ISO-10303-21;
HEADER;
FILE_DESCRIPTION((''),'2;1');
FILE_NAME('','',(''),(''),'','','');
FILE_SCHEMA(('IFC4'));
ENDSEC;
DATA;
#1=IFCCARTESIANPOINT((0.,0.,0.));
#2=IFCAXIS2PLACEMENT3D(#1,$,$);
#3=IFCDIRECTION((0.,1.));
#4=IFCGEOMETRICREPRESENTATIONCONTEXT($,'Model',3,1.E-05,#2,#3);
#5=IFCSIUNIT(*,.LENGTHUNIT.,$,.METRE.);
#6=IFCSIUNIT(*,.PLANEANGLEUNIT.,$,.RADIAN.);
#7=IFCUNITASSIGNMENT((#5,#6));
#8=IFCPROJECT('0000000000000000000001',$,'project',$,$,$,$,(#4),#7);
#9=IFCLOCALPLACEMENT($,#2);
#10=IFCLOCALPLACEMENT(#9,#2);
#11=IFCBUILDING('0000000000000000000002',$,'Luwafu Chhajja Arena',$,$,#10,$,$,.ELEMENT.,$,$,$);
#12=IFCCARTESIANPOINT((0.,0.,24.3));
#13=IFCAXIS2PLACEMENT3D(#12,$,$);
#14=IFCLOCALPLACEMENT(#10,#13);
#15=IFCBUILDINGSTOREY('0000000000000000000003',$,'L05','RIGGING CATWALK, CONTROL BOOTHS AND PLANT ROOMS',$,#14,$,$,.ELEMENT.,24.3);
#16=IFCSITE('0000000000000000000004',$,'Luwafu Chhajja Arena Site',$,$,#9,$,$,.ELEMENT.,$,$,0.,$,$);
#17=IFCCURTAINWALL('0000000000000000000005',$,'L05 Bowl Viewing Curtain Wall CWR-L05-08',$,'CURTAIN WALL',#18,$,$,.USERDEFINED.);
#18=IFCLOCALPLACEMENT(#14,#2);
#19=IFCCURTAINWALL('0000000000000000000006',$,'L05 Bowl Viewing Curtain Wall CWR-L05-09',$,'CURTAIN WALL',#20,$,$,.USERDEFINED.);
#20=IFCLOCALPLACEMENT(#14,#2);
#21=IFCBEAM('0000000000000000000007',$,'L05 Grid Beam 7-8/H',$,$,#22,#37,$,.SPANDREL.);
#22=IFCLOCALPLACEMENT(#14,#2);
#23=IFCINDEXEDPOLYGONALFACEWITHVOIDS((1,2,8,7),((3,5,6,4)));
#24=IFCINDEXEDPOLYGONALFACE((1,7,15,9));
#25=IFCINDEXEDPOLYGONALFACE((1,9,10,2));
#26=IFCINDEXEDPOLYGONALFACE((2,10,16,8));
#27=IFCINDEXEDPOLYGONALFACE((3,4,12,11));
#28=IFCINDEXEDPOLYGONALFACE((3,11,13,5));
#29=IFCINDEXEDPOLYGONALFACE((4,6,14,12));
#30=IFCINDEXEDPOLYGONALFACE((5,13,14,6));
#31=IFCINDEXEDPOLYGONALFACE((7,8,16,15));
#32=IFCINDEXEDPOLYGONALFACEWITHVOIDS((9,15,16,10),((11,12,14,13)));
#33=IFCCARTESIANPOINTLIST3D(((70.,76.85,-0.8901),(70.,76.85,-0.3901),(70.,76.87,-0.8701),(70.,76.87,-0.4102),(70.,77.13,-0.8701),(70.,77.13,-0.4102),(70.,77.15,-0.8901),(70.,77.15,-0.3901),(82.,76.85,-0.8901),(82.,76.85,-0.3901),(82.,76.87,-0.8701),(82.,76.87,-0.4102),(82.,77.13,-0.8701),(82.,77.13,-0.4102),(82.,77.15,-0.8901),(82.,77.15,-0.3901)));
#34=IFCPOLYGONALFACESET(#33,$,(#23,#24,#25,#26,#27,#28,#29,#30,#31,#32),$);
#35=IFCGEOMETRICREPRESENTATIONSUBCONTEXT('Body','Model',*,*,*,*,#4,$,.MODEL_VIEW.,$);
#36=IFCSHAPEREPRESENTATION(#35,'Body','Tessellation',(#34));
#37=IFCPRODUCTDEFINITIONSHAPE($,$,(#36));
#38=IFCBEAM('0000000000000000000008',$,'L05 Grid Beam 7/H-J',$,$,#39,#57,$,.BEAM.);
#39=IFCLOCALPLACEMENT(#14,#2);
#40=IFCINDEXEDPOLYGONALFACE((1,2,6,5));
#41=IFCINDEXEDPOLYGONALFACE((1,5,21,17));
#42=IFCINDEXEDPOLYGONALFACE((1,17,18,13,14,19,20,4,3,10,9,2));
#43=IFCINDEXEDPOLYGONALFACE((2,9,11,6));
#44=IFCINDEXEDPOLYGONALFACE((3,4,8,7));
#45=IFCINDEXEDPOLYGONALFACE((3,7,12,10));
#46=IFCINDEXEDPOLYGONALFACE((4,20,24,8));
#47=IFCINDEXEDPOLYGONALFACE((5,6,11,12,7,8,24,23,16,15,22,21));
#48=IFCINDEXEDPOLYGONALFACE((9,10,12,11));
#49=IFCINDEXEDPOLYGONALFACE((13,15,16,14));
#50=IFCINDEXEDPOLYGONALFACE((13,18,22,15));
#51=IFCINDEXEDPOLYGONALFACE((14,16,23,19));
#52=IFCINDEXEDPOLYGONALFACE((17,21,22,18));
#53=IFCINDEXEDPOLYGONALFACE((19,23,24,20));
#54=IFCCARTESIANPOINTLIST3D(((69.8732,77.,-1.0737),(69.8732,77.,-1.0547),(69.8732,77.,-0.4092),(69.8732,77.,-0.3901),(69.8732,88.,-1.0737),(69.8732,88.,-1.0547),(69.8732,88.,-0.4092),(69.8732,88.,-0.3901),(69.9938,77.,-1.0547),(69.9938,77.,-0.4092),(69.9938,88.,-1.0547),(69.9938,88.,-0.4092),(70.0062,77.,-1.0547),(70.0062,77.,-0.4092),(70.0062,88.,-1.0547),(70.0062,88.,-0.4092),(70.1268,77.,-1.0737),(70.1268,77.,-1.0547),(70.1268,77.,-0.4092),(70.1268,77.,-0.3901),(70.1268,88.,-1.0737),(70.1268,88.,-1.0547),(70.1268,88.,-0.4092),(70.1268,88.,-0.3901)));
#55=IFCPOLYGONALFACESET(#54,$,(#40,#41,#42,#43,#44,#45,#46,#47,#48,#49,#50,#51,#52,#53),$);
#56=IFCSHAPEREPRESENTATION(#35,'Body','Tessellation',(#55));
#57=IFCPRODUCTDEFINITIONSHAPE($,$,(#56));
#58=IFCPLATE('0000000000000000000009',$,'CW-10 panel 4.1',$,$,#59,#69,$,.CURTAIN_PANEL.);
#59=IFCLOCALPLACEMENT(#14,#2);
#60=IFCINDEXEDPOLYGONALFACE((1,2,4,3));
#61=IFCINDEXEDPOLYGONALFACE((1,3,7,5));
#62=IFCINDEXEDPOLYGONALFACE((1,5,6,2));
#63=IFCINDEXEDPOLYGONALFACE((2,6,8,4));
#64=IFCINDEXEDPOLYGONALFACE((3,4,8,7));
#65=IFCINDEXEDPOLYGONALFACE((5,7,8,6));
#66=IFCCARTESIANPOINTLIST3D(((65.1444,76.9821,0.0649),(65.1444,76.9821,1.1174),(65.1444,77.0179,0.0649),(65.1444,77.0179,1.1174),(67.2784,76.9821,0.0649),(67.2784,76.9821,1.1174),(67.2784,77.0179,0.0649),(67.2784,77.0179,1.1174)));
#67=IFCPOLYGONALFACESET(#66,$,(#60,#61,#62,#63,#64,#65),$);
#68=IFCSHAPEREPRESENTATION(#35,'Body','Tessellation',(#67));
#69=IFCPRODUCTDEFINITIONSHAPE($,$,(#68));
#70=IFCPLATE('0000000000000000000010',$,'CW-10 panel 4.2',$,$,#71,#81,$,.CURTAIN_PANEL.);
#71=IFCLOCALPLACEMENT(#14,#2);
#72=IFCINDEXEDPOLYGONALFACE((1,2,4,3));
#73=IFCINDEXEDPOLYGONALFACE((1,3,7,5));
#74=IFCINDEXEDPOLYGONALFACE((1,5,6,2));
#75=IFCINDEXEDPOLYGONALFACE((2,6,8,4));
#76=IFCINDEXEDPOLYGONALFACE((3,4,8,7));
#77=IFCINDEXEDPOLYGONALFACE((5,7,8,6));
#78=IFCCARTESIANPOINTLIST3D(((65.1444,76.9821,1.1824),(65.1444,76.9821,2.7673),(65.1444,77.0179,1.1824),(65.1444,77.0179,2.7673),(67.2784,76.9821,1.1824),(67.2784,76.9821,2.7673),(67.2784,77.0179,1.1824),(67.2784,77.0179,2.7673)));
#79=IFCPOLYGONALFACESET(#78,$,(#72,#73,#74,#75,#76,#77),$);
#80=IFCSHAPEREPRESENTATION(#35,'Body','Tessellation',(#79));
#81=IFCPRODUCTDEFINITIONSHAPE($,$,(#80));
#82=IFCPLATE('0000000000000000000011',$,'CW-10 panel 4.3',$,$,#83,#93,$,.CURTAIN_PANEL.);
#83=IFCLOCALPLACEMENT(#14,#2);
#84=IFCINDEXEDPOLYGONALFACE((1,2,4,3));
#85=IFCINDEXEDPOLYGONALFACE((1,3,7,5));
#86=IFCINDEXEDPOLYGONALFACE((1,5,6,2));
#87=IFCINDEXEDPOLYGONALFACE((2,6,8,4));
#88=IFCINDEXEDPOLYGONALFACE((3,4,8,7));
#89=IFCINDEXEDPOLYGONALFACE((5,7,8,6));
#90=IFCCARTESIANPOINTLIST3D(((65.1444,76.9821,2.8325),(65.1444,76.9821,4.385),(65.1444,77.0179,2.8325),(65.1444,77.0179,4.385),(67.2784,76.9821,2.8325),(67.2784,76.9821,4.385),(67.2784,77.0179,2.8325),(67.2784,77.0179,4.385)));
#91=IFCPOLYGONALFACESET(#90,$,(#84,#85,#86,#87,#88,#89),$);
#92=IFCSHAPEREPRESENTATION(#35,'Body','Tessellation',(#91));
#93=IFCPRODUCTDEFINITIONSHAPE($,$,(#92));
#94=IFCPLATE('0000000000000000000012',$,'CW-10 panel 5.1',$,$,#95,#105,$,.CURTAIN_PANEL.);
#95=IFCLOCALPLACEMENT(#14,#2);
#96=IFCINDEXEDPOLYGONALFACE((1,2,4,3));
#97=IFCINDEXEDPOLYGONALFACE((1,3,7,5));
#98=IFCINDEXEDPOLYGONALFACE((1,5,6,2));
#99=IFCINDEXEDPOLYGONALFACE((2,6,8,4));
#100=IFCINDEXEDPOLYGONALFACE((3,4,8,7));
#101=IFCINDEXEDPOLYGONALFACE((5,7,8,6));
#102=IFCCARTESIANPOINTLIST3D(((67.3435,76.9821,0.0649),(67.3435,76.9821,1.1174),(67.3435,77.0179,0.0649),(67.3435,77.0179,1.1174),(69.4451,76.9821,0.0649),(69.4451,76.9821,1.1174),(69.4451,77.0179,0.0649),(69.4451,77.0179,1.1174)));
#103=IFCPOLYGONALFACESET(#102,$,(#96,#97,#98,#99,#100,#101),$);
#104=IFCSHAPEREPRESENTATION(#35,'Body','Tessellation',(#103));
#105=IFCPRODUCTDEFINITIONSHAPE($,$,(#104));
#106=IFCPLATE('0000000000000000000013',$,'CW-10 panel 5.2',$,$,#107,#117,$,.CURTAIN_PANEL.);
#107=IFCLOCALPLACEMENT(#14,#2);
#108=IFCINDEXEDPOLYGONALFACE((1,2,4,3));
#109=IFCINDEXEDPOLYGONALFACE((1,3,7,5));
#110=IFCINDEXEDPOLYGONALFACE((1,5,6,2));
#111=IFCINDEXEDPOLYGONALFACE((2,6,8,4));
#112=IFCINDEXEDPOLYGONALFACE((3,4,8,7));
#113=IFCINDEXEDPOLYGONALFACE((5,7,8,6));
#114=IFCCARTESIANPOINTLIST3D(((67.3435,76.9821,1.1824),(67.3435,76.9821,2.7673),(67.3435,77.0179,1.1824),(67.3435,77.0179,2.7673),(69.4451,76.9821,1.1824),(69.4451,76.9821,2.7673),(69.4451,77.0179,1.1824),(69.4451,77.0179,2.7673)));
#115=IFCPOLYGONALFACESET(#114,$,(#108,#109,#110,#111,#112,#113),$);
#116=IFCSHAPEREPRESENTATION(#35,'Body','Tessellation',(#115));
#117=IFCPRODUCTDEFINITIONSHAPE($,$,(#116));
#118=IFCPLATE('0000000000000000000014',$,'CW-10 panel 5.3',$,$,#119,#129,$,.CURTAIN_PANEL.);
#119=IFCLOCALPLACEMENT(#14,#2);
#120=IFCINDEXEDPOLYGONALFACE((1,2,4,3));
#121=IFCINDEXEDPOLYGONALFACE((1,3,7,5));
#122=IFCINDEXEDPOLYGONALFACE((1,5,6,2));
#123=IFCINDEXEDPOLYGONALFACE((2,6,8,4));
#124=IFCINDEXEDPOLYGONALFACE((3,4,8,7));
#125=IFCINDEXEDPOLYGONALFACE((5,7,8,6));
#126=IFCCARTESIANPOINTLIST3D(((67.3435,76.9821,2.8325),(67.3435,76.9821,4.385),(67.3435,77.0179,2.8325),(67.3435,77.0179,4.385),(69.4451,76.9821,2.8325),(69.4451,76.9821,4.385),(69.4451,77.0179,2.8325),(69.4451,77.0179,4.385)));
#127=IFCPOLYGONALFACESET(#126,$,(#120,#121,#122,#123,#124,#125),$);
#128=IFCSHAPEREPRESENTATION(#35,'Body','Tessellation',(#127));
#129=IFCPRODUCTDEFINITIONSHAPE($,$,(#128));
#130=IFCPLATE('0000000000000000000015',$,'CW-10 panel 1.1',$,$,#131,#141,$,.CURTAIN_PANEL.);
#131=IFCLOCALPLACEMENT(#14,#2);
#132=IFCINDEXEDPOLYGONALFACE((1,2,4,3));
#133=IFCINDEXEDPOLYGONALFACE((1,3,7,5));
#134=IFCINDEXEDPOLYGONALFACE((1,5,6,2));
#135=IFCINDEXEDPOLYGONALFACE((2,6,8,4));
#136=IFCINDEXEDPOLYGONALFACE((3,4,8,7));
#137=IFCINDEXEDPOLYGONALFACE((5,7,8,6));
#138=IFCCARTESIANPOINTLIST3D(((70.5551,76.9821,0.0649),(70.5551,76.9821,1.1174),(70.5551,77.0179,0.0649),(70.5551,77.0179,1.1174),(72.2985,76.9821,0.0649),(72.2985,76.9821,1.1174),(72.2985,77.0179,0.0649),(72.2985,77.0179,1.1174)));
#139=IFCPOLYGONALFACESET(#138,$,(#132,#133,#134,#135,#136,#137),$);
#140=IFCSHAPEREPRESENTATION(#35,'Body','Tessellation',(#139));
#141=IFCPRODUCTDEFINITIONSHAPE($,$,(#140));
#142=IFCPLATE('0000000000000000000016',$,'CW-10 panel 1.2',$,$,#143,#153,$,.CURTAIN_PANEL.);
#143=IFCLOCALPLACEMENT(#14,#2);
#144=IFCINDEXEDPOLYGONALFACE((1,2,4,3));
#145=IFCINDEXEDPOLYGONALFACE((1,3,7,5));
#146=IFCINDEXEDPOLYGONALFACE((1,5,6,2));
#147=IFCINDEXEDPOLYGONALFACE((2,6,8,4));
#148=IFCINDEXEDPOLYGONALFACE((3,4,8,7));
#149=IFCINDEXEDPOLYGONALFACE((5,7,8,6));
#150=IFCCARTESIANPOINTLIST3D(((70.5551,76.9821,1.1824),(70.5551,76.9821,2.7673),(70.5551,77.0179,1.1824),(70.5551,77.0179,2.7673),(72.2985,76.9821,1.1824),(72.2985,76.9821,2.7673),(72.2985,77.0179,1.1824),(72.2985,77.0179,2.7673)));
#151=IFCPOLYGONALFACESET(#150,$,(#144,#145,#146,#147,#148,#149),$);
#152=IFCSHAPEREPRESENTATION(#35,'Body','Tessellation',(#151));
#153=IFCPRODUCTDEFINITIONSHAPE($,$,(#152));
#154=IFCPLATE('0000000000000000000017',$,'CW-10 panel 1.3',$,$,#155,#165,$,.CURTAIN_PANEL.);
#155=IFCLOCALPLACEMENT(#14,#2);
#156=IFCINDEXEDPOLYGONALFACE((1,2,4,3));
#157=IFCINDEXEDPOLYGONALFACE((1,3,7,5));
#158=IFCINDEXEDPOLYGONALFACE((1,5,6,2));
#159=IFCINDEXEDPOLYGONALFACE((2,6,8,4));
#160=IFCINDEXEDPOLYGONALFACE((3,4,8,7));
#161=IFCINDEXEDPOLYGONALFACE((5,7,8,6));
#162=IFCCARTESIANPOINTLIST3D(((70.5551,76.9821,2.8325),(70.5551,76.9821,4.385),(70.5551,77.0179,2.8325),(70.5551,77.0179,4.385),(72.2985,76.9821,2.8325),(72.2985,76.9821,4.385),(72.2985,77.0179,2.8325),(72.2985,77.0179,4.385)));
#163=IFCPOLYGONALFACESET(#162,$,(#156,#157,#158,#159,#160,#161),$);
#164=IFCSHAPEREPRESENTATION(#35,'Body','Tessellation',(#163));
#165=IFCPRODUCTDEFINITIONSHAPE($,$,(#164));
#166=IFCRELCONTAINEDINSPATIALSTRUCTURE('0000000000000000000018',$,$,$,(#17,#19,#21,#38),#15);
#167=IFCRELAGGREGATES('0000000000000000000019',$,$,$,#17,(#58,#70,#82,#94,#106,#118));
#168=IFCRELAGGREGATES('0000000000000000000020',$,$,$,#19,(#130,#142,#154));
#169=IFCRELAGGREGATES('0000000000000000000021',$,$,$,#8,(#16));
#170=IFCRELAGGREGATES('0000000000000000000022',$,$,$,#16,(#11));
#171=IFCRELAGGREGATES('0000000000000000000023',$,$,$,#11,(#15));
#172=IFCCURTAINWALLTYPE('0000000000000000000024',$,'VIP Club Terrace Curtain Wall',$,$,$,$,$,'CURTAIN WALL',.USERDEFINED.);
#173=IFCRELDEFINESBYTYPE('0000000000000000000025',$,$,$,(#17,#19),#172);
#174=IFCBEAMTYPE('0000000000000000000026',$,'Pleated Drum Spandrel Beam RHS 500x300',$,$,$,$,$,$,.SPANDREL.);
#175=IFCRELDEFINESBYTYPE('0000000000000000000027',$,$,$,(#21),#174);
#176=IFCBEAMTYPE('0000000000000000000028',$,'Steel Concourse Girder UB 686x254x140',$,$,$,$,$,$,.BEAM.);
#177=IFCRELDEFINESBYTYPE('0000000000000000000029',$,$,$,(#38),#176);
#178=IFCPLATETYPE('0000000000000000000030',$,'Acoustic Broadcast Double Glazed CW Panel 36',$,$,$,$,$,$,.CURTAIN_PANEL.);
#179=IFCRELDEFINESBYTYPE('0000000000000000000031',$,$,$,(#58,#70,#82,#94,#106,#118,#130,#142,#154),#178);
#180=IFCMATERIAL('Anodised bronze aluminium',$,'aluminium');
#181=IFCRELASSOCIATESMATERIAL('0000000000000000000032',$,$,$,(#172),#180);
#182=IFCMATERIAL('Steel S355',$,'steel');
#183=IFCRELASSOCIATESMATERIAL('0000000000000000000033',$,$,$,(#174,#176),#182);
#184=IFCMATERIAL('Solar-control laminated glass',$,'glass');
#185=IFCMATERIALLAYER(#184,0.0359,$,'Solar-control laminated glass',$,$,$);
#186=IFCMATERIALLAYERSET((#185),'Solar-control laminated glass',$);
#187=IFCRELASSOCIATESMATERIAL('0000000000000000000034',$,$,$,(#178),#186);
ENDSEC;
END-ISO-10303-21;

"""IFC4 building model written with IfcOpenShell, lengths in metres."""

from ifc_helpers import new_model, si_unit, direction, frame, origin, origin_2d, place, context, subcontext, project, spatial, rectangle, hollow_rectangle, i_section, extrude, material, layer, layer_set, material_profile, profile_set, type_object, element, aggregate, save


model = new_model("IFC4")

# Units and contexts
model_context = context("Model", 3, precision=1e-05, world=origin(), true_north=direction((0.0, 1.0)))
body_context = subcontext(model_context, "Body", "Model", "MODEL_VIEW")
ifc_project = project(units=[si_unit("LENGTHUNIT", "METRE"), si_unit("PLANEANGLEUNIT", "RADIAN")], contexts=[model_context])

# Site, building, storey
site_placement = place(None, origin())
site = spatial("IfcSite", under=ifc_project, at=site_placement, Name="Luwafu Chhajja Arena Site", CompositionType="ELEMENT", RefElevation=0.0)
building_placement = place(site_placement, origin())
building = spatial("IfcBuilding", under=site, at=building_placement, Name="Luwafu Chhajja Arena", CompositionType="ELEMENT")
storey_placement = place(building_placement, frame((0.0, 0.0, 24.3)))
storey = spatial("IfcBuildingStorey", under=building, at=storey_placement, Name="L05", Description="RIGGING CATWALK, CONTROL BOOTHS AND PLANT ROOMS", CompositionType="ELEMENT", Elevation=24.3)

# Curtain walls
ifc_material_1 = material(Name="Anodised bronze aluminium", Category="aluminium")
curtain_wall_type = type_object("IfcCurtainWallType", Name="VIP Club Terrace Curtain Wall", ElementType="CURTAIN WALL", PredefinedType="USERDEFINED", material=ifc_material_1)
curtain_wall_1_placement = place(storey_placement, origin())
curtain_wall_1 = element("IfcCurtainWall", 1, at=curtain_wall_1_placement, inside=storey, type_object=curtain_wall_type, Name="L05 Bowl Viewing Curtain Wall CWR-L05-08", ObjectType="CURTAIN WALL", PredefinedType="USERDEFINED")
curtain_wall_2_placement = place(storey_placement, origin())
curtain_wall_2 = element("IfcCurtainWall", 2, at=curtain_wall_2_placement, inside=storey, type_object=curtain_wall_type, Name="L05 Bowl Viewing Curtain Wall CWR-L05-09", ObjectType="CURTAIN WALL", PredefinedType="USERDEFINED")

# Beams
ifc_material_2 = material(Name="Steel S355", Category="steel")
ifc_material_profile_1 = material_profile(ifc_material_2, hollow_rectangle(XDim=0.3, YDim=0.5, WallThickness=0.02, at=origin_2d()), Name="RHS 500x300x20")
ifc_profile_set_1 = profile_set([ifc_material_profile_1], Name="Steel S355")
beam_type_1 = type_object("IfcBeamType", Name="Pleated Drum Spandrel Beam RHS 500x300", PredefinedType="SPANDREL", material=ifc_profile_set_1)
beam_1_placement = place(storey_placement, frame((70.0, 77.0, -0.6401), z_axis=(1.0, 0.0, 0.0), x_axis=(0.0, 1.0, 0.0)))
element("IfcBeam", 3, at=beam_1_placement, inside=storey, type_object=beam_type_1, Name="L05 Grid Beam 7-8/H", PredefinedType="SPANDREL", context=body_context, shape_type="SweptSolid", body=[
    extrude(hollow_rectangle(XDim=0.3, YDim=0.5, WallThickness=0.02, at=origin_2d()), origin(), (0.0, 0.0, 1.0), 12.0),
])
ifc_material_profile_2 = material_profile(ifc_material_2, i_section(OverallWidth=0.2537, OverallDepth=0.6836, WebThickness=0.0125, FlangeThickness=0.019, at=origin_2d()), Name="UB 686x254x140")
ifc_profile_set_2 = profile_set([ifc_material_profile_2], Name="Steel S355")
beam_type_2 = type_object("IfcBeamType", Name="Steel Concourse Girder UB 686x254x140", PredefinedType="BEAM", material=ifc_profile_set_2)
beam_2_placement = place(storey_placement, frame((70.0, 77.0, -0.7319), z_axis=(0.0, 1.0, 0.0), x_axis=(-1.0, 0.0, 0.0)))
element("IfcBeam", 4, at=beam_2_placement, inside=storey, type_object=beam_type_2, Name="L05 Grid Beam 7/H-J", PredefinedType="BEAM", context=body_context, shape_type="SweptSolid", body=[
    extrude(i_section(OverallWidth=0.2537, OverallDepth=0.6836, WebThickness=0.0125, FlangeThickness=0.019, at=origin_2d()), origin(), (0.0, 0.0, 1.0), 11.0),
])

# Plates
ifc_material_3 = material(Name="Solar-control laminated glass", Category="glass")
ifc_layer = layer(ifc_material_3, 0.0359, Name="Solar-control laminated glass")
ifc_layer_set = layer_set([ifc_layer], Name="Solar-control laminated glass")
plate_type = type_object("IfcPlateType", Name="Acoustic Broadcast Double Glazed CW Panel 36", PredefinedType="CURTAIN_PANEL", material=ifc_layer_set)
plate_1_placement = place(storey_placement, frame((66.2114, 77.0, 0.0649), z_axis=(0.0, 0.0, 1.0), x_axis=(1.0, 0.0, 0.0)))
plate_1 = element("IfcPlate", 5, at=plate_1_placement, type_object=plate_type, Name="CW-10 panel 4.1", PredefinedType="CURTAIN_PANEL", context=body_context, shape_type="SweptSolid", body=[
    extrude(rectangle(XDim=2.134, YDim=0.0359, at=origin_2d()), origin(), (0.0, 0.0, 1.0), 1.0525),
])
plate_2_placement = place(storey_placement, frame((66.2114, 77.0, 1.1824), z_axis=(0.0, 0.0, 1.0), x_axis=(1.0, 0.0, 0.0)))
plate_2 = element("IfcPlate", 6, at=plate_2_placement, type_object=plate_type, Name="CW-10 panel 4.2", PredefinedType="CURTAIN_PANEL", context=body_context, shape_type="SweptSolid", body=[
    extrude(rectangle(XDim=2.134, YDim=0.0359, at=origin_2d()), origin(), (0.0, 0.0, 1.0), 1.585),
])
plate_3_placement = place(storey_placement, frame((66.2114, 77.0, 2.8325), z_axis=(0.0, 0.0, 1.0), x_axis=(1.0, 0.0, 0.0)))
plate_3 = element("IfcPlate", 7, at=plate_3_placement, type_object=plate_type, Name="CW-10 panel 4.3", PredefinedType="CURTAIN_PANEL", context=body_context, shape_type="SweptSolid", body=[
    extrude(rectangle(XDim=2.134, YDim=0.0359, at=origin_2d()), origin(), (0.0, 0.0, 1.0), 1.5525),
])
plate_4_placement = place(storey_placement, frame((68.3943, 77.0, 0.0649), z_axis=(0.0, 0.0, 1.0), x_axis=(1.0, 0.0, 0.0)))
plate_4 = element("IfcPlate", 8, at=plate_4_placement, type_object=plate_type, Name="CW-10 panel 5.1", PredefinedType="CURTAIN_PANEL", context=body_context, shape_type="SweptSolid", body=[
    extrude(rectangle(XDim=2.1016, YDim=0.0359, at=origin_2d()), origin(), (0.0, 0.0, 1.0), 1.0525),
])
plate_5_placement = place(storey_placement, frame((68.3943, 77.0, 1.1824), z_axis=(0.0, 0.0, 1.0), x_axis=(1.0, 0.0, 0.0)))
plate_5 = element("IfcPlate", 9, at=plate_5_placement, type_object=plate_type, Name="CW-10 panel 5.2", PredefinedType="CURTAIN_PANEL", context=body_context, shape_type="SweptSolid", body=[
    extrude(rectangle(XDim=2.1016, YDim=0.0359, at=origin_2d()), origin(), (0.0, 0.0, 1.0), 1.585),
])
plate_6_placement = place(storey_placement, frame((68.3943, 77.0, 2.8325), z_axis=(0.0, 0.0, 1.0), x_axis=(1.0, 0.0, 0.0)))
plate_6 = element("IfcPlate", 10, at=plate_6_placement, type_object=plate_type, Name="CW-10 panel 5.3", PredefinedType="CURTAIN_PANEL", context=body_context, shape_type="SweptSolid", body=[
    extrude(rectangle(XDim=2.1016, YDim=0.0359, at=origin_2d()), origin(), (0.0, 0.0, 1.0), 1.5525),
])
aggregate(curtain_wall_1, [plate_1, plate_2, plate_3, plate_4, plate_5, plate_6])
plate_7_placement = place(storey_placement, frame((71.4268, 77.0, 0.0649), z_axis=(0.0, 0.0, 1.0), x_axis=(1.0, 0.0, 0.0)))
plate_7 = element("IfcPlate", 11, at=plate_7_placement, type_object=plate_type, Name="CW-10 panel 1.1", PredefinedType="CURTAIN_PANEL", context=body_context, shape_type="SweptSolid", body=[
    extrude(rectangle(XDim=1.7434, YDim=0.0359, at=origin_2d()), origin(), (0.0, 0.0, 1.0), 1.0525),
])
plate_8_placement = place(storey_placement, frame((71.4268, 77.0, 1.1824), z_axis=(0.0, 0.0, 1.0), x_axis=(1.0, 0.0, 0.0)))
plate_8 = element("IfcPlate", 12, at=plate_8_placement, type_object=plate_type, Name="CW-10 panel 1.2", PredefinedType="CURTAIN_PANEL", context=body_context, shape_type="SweptSolid", body=[
    extrude(rectangle(XDim=1.7434, YDim=0.0359, at=origin_2d()), origin(), (0.0, 0.0, 1.0), 1.585),
])
plate_9_placement = place(storey_placement, frame((71.4268, 77.0, 2.8325), z_axis=(0.0, 0.0, 1.0), x_axis=(1.0, 0.0, 0.0)))
plate_9 = element("IfcPlate", 13, at=plate_9_placement, type_object=plate_type, Name="CW-10 panel 1.3", PredefinedType="CURTAIN_PANEL", context=body_context, shape_type="SweptSolid", body=[
    extrude(rectangle(XDim=1.7434, YDim=0.0359, at=origin_2d()), origin(), (0.0, 0.0, 1.0), 1.5525),
])
aggregate(curtain_wall_2, [plate_7, plate_8, plate_9])

save(model, "model.ifc")
